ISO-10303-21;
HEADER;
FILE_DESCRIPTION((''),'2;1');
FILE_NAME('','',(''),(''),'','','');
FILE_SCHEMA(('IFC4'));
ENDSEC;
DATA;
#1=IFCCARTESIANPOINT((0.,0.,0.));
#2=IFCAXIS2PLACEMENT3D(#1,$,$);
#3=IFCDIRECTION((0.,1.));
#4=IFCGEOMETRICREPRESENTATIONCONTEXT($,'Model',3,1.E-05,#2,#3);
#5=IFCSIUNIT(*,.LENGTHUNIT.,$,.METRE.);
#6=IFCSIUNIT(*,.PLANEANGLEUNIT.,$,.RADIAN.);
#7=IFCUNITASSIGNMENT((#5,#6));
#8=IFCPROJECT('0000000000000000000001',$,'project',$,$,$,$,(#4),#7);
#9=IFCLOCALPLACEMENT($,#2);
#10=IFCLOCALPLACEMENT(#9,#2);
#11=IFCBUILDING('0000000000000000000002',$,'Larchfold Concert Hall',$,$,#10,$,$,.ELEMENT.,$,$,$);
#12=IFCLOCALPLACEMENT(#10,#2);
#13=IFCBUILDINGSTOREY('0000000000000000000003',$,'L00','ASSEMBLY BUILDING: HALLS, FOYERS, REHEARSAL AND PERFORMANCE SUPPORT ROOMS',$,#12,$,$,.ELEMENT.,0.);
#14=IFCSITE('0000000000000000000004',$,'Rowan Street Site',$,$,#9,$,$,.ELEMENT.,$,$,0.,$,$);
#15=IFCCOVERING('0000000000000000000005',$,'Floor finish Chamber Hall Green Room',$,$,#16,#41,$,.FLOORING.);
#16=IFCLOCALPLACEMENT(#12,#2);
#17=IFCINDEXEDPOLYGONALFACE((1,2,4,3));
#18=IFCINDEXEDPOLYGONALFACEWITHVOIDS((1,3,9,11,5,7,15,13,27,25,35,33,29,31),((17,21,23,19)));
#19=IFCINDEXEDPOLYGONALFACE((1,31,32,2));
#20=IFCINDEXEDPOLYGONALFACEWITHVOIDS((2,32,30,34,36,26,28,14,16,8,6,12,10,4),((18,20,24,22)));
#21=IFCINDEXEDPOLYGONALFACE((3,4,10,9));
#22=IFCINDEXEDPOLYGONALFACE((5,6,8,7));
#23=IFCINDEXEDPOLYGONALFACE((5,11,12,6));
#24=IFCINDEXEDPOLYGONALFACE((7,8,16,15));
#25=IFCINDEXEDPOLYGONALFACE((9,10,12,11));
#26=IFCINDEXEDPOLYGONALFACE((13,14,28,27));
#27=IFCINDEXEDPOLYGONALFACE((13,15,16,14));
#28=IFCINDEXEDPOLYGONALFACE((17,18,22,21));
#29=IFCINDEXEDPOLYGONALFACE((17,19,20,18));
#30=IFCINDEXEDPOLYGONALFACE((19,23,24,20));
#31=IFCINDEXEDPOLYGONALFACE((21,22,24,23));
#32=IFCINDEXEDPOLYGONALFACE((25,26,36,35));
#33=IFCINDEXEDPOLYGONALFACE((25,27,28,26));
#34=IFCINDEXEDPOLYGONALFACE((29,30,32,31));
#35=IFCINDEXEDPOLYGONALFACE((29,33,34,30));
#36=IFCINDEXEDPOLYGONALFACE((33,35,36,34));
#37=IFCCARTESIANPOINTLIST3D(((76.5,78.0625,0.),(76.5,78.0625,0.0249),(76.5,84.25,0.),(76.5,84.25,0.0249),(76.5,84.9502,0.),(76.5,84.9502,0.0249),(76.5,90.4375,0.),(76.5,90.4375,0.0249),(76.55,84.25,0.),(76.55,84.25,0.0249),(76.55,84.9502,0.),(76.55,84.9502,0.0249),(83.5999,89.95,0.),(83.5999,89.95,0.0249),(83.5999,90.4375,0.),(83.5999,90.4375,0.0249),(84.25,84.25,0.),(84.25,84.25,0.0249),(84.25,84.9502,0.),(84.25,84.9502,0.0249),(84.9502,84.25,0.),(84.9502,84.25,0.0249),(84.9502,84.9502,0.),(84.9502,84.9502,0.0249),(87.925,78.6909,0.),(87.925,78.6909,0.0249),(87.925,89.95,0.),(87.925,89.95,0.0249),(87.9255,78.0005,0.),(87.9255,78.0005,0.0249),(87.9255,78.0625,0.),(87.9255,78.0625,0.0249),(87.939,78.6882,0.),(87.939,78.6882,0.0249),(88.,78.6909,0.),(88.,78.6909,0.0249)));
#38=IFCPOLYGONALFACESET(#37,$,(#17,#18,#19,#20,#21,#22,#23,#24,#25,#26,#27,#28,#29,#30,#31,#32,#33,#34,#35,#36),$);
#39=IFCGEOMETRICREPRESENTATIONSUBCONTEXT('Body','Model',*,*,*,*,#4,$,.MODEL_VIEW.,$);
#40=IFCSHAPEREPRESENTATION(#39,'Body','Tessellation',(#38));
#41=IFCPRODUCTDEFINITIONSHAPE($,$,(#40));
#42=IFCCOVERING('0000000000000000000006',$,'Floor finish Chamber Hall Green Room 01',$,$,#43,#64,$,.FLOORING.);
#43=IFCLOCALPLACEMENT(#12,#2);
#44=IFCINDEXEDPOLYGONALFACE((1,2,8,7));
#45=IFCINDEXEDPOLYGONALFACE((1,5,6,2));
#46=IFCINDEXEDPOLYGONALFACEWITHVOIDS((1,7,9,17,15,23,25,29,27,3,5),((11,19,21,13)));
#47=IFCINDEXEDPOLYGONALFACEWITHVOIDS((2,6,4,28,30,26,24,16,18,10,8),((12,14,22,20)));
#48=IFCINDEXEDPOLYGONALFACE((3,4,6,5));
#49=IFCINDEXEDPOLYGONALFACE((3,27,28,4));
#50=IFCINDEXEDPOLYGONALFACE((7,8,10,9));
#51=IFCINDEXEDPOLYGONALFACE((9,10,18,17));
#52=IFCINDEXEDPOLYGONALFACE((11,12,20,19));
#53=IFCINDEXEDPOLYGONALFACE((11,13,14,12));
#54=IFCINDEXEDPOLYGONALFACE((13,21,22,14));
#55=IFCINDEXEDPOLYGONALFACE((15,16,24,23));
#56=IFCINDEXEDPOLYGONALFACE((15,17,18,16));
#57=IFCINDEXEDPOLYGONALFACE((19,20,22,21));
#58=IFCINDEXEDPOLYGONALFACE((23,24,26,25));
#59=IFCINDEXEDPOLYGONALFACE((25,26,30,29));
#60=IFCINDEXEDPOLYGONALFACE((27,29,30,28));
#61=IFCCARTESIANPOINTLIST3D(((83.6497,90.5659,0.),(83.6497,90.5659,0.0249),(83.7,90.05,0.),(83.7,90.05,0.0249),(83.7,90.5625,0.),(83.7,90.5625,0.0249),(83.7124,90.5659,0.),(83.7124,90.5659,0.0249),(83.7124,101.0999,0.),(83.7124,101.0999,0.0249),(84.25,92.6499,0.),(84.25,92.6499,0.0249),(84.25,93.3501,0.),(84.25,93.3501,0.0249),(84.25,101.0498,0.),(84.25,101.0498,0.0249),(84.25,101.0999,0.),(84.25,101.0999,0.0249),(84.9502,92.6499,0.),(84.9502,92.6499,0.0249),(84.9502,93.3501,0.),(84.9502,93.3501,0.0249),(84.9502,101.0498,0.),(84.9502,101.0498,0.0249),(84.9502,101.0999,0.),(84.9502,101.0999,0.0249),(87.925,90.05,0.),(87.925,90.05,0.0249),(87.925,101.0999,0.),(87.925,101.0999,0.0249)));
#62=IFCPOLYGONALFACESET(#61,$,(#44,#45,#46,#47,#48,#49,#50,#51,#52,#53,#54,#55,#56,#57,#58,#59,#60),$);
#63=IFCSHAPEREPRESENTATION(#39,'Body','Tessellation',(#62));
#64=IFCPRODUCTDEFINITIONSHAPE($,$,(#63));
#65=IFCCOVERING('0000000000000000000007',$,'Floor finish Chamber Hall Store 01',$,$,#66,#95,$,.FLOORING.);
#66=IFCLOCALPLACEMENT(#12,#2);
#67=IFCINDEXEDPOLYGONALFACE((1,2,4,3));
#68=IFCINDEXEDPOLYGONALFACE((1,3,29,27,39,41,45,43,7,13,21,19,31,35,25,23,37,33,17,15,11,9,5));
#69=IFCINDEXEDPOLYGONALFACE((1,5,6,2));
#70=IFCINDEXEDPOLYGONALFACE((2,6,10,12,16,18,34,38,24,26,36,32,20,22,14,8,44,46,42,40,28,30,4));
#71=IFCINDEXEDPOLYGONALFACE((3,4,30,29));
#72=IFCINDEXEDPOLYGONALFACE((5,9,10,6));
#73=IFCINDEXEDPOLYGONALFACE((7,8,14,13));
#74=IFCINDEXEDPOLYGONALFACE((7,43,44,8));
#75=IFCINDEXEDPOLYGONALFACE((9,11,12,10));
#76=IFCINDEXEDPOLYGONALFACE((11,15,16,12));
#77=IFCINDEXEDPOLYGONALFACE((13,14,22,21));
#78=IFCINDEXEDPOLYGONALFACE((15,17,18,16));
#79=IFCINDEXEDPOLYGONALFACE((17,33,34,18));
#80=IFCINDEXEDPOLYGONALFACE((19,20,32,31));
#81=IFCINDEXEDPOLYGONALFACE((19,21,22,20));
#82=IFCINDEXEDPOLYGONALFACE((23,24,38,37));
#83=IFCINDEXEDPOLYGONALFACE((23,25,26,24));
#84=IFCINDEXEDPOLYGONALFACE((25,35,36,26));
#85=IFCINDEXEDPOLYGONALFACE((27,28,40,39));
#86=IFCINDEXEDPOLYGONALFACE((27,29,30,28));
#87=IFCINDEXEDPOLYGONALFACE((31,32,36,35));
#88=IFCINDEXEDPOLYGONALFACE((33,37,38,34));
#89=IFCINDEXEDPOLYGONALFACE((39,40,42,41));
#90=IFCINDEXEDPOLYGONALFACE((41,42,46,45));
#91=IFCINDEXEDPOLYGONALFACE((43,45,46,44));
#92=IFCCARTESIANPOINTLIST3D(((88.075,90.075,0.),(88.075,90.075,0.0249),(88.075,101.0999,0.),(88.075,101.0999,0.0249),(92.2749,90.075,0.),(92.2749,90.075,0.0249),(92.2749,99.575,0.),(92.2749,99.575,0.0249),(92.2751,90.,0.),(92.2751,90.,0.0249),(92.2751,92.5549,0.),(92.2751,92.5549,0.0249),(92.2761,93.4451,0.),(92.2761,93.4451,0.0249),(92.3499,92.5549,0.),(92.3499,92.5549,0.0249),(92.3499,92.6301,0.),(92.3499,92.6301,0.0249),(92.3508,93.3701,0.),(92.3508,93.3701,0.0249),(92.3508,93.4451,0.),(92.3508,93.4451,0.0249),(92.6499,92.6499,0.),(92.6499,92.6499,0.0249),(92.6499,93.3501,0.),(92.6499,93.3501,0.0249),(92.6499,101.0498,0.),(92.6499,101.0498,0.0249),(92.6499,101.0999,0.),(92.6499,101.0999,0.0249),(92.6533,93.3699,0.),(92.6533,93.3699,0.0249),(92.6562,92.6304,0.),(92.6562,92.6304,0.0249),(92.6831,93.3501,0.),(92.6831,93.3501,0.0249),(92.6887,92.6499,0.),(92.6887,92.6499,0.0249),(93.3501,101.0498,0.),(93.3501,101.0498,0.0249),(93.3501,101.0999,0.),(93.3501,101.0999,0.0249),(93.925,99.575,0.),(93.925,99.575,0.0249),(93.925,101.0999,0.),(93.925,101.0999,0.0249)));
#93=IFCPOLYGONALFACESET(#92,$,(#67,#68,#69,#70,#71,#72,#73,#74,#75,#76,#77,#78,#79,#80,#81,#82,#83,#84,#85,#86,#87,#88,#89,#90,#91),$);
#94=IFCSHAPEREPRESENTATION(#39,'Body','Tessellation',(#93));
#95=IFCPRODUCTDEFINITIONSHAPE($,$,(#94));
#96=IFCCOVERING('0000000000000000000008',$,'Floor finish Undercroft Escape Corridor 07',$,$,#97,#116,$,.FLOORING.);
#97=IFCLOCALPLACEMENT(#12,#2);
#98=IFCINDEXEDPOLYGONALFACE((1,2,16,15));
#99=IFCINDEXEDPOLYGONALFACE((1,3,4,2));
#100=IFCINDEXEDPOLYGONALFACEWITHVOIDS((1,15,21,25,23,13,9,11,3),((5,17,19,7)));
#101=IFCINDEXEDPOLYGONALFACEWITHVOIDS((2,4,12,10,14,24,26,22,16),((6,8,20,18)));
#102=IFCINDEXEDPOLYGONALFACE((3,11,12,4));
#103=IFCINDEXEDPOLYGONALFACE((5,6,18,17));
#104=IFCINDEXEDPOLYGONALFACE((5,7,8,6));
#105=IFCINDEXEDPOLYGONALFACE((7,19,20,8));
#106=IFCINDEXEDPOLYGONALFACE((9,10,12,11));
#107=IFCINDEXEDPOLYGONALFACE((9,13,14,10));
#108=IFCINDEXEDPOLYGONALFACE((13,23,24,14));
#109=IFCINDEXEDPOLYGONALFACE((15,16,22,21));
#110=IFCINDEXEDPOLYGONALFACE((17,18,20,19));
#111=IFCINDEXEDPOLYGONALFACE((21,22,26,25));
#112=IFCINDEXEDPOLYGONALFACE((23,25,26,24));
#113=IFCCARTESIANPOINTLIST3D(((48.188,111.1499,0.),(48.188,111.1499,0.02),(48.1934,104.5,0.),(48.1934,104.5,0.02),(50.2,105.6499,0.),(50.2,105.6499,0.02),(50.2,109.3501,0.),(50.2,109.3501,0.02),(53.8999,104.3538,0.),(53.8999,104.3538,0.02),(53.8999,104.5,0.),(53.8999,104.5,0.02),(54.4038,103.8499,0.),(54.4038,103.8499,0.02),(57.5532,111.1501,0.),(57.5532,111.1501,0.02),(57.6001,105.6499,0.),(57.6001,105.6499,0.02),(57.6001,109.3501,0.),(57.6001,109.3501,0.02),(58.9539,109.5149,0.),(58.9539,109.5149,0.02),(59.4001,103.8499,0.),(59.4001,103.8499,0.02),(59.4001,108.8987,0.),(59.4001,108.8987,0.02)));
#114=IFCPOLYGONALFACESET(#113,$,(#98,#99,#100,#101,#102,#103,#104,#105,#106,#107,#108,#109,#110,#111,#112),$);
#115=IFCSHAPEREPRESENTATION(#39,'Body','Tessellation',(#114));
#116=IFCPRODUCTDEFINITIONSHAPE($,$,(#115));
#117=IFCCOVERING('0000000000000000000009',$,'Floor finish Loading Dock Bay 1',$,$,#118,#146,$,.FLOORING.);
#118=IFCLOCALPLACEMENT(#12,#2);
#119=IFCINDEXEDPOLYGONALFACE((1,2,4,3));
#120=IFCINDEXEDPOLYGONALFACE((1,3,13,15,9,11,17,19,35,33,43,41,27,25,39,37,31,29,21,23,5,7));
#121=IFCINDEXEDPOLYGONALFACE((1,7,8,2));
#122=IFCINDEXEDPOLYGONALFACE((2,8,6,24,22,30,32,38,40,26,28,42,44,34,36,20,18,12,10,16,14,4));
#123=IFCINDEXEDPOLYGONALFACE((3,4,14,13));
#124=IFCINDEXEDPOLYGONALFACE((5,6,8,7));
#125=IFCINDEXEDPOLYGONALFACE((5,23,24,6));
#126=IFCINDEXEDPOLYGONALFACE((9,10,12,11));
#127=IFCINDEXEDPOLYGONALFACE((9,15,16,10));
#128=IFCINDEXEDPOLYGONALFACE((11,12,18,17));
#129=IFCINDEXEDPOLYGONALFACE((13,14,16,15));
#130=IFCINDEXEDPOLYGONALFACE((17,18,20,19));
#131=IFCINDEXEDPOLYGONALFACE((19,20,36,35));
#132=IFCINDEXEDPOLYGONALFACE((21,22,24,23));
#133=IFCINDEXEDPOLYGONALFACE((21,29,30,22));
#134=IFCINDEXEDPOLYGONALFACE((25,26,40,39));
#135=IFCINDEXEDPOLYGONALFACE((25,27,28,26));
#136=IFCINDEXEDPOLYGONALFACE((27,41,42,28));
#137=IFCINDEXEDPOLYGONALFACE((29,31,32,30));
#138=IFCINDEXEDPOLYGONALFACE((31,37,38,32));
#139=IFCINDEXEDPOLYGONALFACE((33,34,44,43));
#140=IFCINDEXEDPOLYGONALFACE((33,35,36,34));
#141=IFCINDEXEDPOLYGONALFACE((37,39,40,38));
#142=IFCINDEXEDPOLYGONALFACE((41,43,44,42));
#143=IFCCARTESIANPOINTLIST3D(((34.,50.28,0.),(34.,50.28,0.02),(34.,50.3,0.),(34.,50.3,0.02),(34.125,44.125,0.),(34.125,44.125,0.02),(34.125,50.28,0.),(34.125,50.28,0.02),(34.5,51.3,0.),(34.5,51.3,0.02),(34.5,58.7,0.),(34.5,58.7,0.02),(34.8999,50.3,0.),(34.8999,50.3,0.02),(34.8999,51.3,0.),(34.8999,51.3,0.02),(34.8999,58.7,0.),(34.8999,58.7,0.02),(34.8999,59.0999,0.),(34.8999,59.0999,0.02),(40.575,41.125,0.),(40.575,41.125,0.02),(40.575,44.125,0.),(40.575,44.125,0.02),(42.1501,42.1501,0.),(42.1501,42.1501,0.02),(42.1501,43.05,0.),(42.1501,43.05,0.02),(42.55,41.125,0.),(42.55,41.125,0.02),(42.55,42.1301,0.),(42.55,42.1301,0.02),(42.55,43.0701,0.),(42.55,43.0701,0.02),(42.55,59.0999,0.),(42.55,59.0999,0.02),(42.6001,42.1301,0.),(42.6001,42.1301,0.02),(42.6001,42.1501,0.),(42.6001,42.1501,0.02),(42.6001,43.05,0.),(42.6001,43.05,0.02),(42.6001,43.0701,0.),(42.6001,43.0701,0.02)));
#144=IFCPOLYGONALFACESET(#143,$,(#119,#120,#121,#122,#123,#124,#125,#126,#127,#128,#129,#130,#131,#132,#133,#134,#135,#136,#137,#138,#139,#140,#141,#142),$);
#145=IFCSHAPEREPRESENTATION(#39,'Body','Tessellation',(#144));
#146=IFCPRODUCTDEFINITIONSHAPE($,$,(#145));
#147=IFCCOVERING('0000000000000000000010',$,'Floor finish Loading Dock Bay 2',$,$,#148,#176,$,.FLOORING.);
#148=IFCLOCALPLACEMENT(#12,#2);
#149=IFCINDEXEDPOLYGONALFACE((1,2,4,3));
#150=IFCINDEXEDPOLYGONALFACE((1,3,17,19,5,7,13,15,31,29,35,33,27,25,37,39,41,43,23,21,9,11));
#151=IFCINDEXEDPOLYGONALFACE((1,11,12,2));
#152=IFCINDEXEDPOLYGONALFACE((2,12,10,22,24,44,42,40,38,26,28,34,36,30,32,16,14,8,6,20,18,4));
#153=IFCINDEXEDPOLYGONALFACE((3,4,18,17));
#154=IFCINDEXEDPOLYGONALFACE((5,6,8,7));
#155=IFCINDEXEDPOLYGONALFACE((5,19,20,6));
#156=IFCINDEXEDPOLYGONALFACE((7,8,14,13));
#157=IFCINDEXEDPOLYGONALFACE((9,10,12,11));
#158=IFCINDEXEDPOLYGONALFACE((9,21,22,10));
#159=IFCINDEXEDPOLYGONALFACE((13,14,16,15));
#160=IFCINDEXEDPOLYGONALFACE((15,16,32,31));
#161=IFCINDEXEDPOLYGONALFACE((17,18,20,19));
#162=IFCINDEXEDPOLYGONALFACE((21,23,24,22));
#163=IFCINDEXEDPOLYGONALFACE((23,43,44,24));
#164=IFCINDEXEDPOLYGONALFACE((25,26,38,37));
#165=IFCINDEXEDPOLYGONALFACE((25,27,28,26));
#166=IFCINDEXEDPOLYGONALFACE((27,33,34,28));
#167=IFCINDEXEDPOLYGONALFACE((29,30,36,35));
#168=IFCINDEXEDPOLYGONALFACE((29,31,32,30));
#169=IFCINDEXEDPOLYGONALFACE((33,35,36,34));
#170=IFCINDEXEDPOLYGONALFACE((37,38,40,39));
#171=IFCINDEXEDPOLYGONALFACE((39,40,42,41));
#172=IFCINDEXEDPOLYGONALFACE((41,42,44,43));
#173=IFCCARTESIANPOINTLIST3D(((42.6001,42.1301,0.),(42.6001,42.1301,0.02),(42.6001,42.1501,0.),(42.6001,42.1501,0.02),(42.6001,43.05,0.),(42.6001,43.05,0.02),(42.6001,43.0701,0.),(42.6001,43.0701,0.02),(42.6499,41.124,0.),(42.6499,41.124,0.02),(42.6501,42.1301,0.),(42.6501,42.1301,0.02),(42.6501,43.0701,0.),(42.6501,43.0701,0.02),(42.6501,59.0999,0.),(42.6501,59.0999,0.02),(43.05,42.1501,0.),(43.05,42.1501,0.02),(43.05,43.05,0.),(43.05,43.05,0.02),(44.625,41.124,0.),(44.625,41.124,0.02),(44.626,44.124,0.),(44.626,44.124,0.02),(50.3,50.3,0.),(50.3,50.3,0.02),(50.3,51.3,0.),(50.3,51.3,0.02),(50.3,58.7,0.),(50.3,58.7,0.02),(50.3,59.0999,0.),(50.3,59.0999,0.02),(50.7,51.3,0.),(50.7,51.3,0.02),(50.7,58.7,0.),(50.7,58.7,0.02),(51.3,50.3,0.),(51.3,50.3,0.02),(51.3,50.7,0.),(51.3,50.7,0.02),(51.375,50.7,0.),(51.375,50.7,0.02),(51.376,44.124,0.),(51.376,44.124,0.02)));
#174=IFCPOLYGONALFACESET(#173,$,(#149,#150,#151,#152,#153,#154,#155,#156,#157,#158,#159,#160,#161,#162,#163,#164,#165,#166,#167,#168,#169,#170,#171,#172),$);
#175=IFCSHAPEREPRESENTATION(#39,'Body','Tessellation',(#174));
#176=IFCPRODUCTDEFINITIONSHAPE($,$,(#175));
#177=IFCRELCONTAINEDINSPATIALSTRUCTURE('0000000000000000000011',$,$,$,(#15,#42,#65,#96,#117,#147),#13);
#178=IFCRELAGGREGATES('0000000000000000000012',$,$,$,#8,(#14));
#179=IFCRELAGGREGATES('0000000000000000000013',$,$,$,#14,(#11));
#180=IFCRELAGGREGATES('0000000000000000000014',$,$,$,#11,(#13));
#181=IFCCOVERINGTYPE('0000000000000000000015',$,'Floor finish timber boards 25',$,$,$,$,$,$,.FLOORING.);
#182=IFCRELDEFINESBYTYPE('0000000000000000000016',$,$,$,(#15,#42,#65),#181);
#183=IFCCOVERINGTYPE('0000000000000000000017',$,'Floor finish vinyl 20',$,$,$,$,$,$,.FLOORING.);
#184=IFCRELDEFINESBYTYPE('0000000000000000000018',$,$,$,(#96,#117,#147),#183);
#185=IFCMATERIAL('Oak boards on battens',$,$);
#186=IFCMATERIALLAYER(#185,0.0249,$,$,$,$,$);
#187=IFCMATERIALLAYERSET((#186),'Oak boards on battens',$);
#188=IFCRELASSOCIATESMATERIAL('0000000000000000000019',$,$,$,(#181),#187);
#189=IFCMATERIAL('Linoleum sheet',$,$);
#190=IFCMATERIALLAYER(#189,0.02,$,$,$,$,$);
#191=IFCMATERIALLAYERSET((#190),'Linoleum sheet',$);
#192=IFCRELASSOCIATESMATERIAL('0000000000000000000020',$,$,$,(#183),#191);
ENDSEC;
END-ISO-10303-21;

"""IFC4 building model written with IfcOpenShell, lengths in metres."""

from ifc_helpers import new_model, si_unit, direction, origin, place, context, subcontext, project, spatial, polyline, outline, extrude, material, layer, layer_set, type_object, element, save


model = new_model("IFC4")

# Units and contexts
model_context = context("Model", 3, precision=1e-05, world=origin(), true_north=direction((0.0, 1.0)))
body_context = subcontext(model_context, "Body", "Model", "MODEL_VIEW")
ifc_project = project(units=[si_unit("LENGTHUNIT", "METRE"), si_unit("PLANEANGLEUNIT", "RADIAN")], contexts=[model_context])

# Site, building, storey
site_placement = place(None, origin())
site = spatial("IfcSite", under=ifc_project, at=site_placement, Name="Rowan Street Site", CompositionType="ELEMENT", RefElevation=0.0)
building_placement = place(site_placement, origin())
building = spatial("IfcBuilding", under=site, at=building_placement, Name="Larchfold Concert Hall", CompositionType="ELEMENT")
storey_placement = place(building_placement, origin())
storey = spatial("IfcBuildingStorey", under=building, at=storey_placement, Name="L00", Description="ASSEMBLY BUILDING: HALLS, FOYERS, REHEARSAL AND PERFORMANCE SUPPORT ROOMS", CompositionType="ELEMENT", Elevation=0.0)

# Coverings
ifc_material_1 = material(Name="Oak boards on battens")
ifc_layer_1 = layer(ifc_material_1, 0.0249)
ifc_layer_set_1 = layer_set([ifc_layer_1], Name="Oak boards on battens")
covering_type_1 = type_object("IfcCoveringType", Name="Floor finish timber boards 25", PredefinedType="FLOORING", material=ifc_layer_set_1)
covering_1_placement = place(storey_placement, origin())
element("IfcCovering", 1, at=covering_1_placement, inside=storey, type_object=covering_type_1, Name="Floor finish Chamber Hall Green Room", PredefinedType="FLOORING", context=body_context, shape_type="SweptSolid", body=[
    extrude(outline(polyline([(76.55, 84.25), (76.5, 84.25), (76.5, 78.0625), (87.9255, 78.0625), (87.9255, 78.0005), (87.939, 78.6882), (88.0, 78.6909), (87.925, 78.6909), (87.925, 89.95), (83.5999, 89.95), (83.5999, 90.4375), (76.5, 90.4375), (76.5, 84.9502), (76.55, 84.9502), (76.55, 84.25)]), holes=[polyline([(84.9502, 84.25), (84.25, 84.25), (84.25, 84.9502), (84.9502, 84.9502), (84.9502, 84.25)])]), origin(), (0.0, 0.0, 1.0), 0.0249),
])
covering_2_placement = place(storey_placement, origin())
element("IfcCovering", 2, at=covering_2_placement, inside=storey, type_object=covering_type_1, Name="Floor finish Chamber Hall Green Room 01", PredefinedType="FLOORING", context=body_context, shape_type="SweptSolid", body=[
    extrude(outline(polyline([(83.6497, 90.5659), (83.7, 90.5625), (83.7, 90.05), (87.925, 90.05), (87.925, 101.0999), (84.9502, 101.0999), (84.9502, 101.0498), (84.25, 101.0498), (84.25, 101.0999), (83.7124, 101.0999), (83.7124, 90.5659), (83.6497, 90.5659)]), holes=[polyline([(84.9502, 92.6499), (84.25, 92.6499), (84.25, 93.3501), (84.9502, 93.3501), (84.9502, 92.6499)])]), origin(), (0.0, 0.0, 1.0), 0.0249),
])
covering_3_placement = place(storey_placement, origin())
element("IfcCovering", 3, at=covering_3_placement, inside=storey, type_object=covering_type_1, Name="Floor finish Chamber Hall Store 01", PredefinedType="FLOORING", context=body_context, shape_type="SweptSolid", body=[
    extrude(outline(polyline([(92.2749, 99.575), (93.925, 99.575), (93.925, 101.0999), (93.3501, 101.0999), (93.3501, 101.0498), (92.6499, 101.0498), (92.6499, 101.0999), (88.075, 101.0999), (88.075, 90.075), (92.2749, 90.075), (92.2751, 90.0), (92.2751, 92.5549), (92.3499, 92.5549), (92.3499, 92.6301), (92.6562, 92.6304), (92.6887, 92.6499), (92.6499, 92.6499), (92.6499, 93.3501), (92.6831, 93.3501), (92.6533, 93.3699), (92.3508, 93.3701), (92.3508, 93.4451), (92.2761, 93.4451), (92.2749, 99.575)])), origin(), (0.0, 0.0, 1.0), 0.0249),
])
ifc_material_2 = material(Name="Linoleum sheet")
ifc_layer_2 = layer(ifc_material_2, 0.02)
ifc_layer_set_2 = layer_set([ifc_layer_2], Name="Linoleum sheet")
covering_type_2 = type_object("IfcCoveringType", Name="Floor finish vinyl 20", PredefinedType="FLOORING", material=ifc_layer_set_2)
covering_4_placement = place(storey_placement, origin())
element("IfcCovering", 4, at=covering_4_placement, inside=storey, type_object=covering_type_2, Name="Floor finish Undercroft Escape Corridor 07", PredefinedType="FLOORING", context=body_context, shape_type="SweptSolid", body=[
    extrude(outline(polyline([(57.5532, 111.1501), (48.188, 111.1499), (48.1934, 104.5), (53.8999, 104.5), (53.8999, 104.3538), (54.4038, 103.8499), (59.4001, 103.8499), (59.4001, 108.8987), (58.9539, 109.5149), (57.5532, 111.1501)]), holes=[polyline([(57.6001, 105.6499), (50.2, 105.6499), (50.2, 109.3501), (57.6001, 109.3501), (57.6001, 105.6499)])]), origin(), (0.0, 0.0, 1.0), 0.02),
])
covering_5_placement = place(storey_placement, origin())
element("IfcCovering", 5, at=covering_5_placement, inside=storey, type_object=covering_type_2, Name="Floor finish Loading Dock Bay 1", PredefinedType="FLOORING", context=body_context, shape_type="SweptSolid", body=[
    extrude(outline(polyline([(34.0, 50.3), (34.0, 50.28), (34.125, 50.28), (34.125, 44.125), (40.575, 44.125), (40.575, 41.125), (42.55, 41.125), (42.55, 42.1301), (42.6001, 42.1301), (42.6001, 42.1501), (42.1501, 42.1501), (42.1501, 43.05), (42.6001, 43.05), (42.6001, 43.0701), (42.55, 43.0701), (42.55, 59.0999), (34.8999, 59.0999), (34.8999, 58.7), (34.5, 58.7), (34.5, 51.3), (34.8999, 51.3), (34.8999, 50.3), (34.0, 50.3)])), origin(), (0.0, 0.0, 1.0), 0.02),
])
covering_6_placement = place(storey_placement, origin())
element("IfcCovering", 6, at=covering_6_placement, inside=storey, type_object=covering_type_2, Name="Floor finish Loading Dock Bay 2", PredefinedType="FLOORING", context=body_context, shape_type="SweptSolid", body=[
    extrude(outline(polyline([(42.6501, 42.1301), (42.6499, 41.124), (44.625, 41.124), (44.626, 44.124), (51.376, 44.124), (51.375, 50.7), (51.3, 50.7), (51.3, 50.3), (50.3, 50.3), (50.3, 51.3), (50.7, 51.3), (50.7, 58.7), (50.3, 58.7), (50.3, 59.0999), (42.6501, 59.0999), (42.6501, 43.0701), (42.6001, 43.0701), (42.6001, 43.05), (43.05, 43.05), (43.05, 42.1501), (42.6001, 42.1501), (42.6001, 42.1301), (42.6501, 42.1301)])), origin(), (0.0, 0.0, 1.0), 0.02),
])

save(model, "model.ifc")
